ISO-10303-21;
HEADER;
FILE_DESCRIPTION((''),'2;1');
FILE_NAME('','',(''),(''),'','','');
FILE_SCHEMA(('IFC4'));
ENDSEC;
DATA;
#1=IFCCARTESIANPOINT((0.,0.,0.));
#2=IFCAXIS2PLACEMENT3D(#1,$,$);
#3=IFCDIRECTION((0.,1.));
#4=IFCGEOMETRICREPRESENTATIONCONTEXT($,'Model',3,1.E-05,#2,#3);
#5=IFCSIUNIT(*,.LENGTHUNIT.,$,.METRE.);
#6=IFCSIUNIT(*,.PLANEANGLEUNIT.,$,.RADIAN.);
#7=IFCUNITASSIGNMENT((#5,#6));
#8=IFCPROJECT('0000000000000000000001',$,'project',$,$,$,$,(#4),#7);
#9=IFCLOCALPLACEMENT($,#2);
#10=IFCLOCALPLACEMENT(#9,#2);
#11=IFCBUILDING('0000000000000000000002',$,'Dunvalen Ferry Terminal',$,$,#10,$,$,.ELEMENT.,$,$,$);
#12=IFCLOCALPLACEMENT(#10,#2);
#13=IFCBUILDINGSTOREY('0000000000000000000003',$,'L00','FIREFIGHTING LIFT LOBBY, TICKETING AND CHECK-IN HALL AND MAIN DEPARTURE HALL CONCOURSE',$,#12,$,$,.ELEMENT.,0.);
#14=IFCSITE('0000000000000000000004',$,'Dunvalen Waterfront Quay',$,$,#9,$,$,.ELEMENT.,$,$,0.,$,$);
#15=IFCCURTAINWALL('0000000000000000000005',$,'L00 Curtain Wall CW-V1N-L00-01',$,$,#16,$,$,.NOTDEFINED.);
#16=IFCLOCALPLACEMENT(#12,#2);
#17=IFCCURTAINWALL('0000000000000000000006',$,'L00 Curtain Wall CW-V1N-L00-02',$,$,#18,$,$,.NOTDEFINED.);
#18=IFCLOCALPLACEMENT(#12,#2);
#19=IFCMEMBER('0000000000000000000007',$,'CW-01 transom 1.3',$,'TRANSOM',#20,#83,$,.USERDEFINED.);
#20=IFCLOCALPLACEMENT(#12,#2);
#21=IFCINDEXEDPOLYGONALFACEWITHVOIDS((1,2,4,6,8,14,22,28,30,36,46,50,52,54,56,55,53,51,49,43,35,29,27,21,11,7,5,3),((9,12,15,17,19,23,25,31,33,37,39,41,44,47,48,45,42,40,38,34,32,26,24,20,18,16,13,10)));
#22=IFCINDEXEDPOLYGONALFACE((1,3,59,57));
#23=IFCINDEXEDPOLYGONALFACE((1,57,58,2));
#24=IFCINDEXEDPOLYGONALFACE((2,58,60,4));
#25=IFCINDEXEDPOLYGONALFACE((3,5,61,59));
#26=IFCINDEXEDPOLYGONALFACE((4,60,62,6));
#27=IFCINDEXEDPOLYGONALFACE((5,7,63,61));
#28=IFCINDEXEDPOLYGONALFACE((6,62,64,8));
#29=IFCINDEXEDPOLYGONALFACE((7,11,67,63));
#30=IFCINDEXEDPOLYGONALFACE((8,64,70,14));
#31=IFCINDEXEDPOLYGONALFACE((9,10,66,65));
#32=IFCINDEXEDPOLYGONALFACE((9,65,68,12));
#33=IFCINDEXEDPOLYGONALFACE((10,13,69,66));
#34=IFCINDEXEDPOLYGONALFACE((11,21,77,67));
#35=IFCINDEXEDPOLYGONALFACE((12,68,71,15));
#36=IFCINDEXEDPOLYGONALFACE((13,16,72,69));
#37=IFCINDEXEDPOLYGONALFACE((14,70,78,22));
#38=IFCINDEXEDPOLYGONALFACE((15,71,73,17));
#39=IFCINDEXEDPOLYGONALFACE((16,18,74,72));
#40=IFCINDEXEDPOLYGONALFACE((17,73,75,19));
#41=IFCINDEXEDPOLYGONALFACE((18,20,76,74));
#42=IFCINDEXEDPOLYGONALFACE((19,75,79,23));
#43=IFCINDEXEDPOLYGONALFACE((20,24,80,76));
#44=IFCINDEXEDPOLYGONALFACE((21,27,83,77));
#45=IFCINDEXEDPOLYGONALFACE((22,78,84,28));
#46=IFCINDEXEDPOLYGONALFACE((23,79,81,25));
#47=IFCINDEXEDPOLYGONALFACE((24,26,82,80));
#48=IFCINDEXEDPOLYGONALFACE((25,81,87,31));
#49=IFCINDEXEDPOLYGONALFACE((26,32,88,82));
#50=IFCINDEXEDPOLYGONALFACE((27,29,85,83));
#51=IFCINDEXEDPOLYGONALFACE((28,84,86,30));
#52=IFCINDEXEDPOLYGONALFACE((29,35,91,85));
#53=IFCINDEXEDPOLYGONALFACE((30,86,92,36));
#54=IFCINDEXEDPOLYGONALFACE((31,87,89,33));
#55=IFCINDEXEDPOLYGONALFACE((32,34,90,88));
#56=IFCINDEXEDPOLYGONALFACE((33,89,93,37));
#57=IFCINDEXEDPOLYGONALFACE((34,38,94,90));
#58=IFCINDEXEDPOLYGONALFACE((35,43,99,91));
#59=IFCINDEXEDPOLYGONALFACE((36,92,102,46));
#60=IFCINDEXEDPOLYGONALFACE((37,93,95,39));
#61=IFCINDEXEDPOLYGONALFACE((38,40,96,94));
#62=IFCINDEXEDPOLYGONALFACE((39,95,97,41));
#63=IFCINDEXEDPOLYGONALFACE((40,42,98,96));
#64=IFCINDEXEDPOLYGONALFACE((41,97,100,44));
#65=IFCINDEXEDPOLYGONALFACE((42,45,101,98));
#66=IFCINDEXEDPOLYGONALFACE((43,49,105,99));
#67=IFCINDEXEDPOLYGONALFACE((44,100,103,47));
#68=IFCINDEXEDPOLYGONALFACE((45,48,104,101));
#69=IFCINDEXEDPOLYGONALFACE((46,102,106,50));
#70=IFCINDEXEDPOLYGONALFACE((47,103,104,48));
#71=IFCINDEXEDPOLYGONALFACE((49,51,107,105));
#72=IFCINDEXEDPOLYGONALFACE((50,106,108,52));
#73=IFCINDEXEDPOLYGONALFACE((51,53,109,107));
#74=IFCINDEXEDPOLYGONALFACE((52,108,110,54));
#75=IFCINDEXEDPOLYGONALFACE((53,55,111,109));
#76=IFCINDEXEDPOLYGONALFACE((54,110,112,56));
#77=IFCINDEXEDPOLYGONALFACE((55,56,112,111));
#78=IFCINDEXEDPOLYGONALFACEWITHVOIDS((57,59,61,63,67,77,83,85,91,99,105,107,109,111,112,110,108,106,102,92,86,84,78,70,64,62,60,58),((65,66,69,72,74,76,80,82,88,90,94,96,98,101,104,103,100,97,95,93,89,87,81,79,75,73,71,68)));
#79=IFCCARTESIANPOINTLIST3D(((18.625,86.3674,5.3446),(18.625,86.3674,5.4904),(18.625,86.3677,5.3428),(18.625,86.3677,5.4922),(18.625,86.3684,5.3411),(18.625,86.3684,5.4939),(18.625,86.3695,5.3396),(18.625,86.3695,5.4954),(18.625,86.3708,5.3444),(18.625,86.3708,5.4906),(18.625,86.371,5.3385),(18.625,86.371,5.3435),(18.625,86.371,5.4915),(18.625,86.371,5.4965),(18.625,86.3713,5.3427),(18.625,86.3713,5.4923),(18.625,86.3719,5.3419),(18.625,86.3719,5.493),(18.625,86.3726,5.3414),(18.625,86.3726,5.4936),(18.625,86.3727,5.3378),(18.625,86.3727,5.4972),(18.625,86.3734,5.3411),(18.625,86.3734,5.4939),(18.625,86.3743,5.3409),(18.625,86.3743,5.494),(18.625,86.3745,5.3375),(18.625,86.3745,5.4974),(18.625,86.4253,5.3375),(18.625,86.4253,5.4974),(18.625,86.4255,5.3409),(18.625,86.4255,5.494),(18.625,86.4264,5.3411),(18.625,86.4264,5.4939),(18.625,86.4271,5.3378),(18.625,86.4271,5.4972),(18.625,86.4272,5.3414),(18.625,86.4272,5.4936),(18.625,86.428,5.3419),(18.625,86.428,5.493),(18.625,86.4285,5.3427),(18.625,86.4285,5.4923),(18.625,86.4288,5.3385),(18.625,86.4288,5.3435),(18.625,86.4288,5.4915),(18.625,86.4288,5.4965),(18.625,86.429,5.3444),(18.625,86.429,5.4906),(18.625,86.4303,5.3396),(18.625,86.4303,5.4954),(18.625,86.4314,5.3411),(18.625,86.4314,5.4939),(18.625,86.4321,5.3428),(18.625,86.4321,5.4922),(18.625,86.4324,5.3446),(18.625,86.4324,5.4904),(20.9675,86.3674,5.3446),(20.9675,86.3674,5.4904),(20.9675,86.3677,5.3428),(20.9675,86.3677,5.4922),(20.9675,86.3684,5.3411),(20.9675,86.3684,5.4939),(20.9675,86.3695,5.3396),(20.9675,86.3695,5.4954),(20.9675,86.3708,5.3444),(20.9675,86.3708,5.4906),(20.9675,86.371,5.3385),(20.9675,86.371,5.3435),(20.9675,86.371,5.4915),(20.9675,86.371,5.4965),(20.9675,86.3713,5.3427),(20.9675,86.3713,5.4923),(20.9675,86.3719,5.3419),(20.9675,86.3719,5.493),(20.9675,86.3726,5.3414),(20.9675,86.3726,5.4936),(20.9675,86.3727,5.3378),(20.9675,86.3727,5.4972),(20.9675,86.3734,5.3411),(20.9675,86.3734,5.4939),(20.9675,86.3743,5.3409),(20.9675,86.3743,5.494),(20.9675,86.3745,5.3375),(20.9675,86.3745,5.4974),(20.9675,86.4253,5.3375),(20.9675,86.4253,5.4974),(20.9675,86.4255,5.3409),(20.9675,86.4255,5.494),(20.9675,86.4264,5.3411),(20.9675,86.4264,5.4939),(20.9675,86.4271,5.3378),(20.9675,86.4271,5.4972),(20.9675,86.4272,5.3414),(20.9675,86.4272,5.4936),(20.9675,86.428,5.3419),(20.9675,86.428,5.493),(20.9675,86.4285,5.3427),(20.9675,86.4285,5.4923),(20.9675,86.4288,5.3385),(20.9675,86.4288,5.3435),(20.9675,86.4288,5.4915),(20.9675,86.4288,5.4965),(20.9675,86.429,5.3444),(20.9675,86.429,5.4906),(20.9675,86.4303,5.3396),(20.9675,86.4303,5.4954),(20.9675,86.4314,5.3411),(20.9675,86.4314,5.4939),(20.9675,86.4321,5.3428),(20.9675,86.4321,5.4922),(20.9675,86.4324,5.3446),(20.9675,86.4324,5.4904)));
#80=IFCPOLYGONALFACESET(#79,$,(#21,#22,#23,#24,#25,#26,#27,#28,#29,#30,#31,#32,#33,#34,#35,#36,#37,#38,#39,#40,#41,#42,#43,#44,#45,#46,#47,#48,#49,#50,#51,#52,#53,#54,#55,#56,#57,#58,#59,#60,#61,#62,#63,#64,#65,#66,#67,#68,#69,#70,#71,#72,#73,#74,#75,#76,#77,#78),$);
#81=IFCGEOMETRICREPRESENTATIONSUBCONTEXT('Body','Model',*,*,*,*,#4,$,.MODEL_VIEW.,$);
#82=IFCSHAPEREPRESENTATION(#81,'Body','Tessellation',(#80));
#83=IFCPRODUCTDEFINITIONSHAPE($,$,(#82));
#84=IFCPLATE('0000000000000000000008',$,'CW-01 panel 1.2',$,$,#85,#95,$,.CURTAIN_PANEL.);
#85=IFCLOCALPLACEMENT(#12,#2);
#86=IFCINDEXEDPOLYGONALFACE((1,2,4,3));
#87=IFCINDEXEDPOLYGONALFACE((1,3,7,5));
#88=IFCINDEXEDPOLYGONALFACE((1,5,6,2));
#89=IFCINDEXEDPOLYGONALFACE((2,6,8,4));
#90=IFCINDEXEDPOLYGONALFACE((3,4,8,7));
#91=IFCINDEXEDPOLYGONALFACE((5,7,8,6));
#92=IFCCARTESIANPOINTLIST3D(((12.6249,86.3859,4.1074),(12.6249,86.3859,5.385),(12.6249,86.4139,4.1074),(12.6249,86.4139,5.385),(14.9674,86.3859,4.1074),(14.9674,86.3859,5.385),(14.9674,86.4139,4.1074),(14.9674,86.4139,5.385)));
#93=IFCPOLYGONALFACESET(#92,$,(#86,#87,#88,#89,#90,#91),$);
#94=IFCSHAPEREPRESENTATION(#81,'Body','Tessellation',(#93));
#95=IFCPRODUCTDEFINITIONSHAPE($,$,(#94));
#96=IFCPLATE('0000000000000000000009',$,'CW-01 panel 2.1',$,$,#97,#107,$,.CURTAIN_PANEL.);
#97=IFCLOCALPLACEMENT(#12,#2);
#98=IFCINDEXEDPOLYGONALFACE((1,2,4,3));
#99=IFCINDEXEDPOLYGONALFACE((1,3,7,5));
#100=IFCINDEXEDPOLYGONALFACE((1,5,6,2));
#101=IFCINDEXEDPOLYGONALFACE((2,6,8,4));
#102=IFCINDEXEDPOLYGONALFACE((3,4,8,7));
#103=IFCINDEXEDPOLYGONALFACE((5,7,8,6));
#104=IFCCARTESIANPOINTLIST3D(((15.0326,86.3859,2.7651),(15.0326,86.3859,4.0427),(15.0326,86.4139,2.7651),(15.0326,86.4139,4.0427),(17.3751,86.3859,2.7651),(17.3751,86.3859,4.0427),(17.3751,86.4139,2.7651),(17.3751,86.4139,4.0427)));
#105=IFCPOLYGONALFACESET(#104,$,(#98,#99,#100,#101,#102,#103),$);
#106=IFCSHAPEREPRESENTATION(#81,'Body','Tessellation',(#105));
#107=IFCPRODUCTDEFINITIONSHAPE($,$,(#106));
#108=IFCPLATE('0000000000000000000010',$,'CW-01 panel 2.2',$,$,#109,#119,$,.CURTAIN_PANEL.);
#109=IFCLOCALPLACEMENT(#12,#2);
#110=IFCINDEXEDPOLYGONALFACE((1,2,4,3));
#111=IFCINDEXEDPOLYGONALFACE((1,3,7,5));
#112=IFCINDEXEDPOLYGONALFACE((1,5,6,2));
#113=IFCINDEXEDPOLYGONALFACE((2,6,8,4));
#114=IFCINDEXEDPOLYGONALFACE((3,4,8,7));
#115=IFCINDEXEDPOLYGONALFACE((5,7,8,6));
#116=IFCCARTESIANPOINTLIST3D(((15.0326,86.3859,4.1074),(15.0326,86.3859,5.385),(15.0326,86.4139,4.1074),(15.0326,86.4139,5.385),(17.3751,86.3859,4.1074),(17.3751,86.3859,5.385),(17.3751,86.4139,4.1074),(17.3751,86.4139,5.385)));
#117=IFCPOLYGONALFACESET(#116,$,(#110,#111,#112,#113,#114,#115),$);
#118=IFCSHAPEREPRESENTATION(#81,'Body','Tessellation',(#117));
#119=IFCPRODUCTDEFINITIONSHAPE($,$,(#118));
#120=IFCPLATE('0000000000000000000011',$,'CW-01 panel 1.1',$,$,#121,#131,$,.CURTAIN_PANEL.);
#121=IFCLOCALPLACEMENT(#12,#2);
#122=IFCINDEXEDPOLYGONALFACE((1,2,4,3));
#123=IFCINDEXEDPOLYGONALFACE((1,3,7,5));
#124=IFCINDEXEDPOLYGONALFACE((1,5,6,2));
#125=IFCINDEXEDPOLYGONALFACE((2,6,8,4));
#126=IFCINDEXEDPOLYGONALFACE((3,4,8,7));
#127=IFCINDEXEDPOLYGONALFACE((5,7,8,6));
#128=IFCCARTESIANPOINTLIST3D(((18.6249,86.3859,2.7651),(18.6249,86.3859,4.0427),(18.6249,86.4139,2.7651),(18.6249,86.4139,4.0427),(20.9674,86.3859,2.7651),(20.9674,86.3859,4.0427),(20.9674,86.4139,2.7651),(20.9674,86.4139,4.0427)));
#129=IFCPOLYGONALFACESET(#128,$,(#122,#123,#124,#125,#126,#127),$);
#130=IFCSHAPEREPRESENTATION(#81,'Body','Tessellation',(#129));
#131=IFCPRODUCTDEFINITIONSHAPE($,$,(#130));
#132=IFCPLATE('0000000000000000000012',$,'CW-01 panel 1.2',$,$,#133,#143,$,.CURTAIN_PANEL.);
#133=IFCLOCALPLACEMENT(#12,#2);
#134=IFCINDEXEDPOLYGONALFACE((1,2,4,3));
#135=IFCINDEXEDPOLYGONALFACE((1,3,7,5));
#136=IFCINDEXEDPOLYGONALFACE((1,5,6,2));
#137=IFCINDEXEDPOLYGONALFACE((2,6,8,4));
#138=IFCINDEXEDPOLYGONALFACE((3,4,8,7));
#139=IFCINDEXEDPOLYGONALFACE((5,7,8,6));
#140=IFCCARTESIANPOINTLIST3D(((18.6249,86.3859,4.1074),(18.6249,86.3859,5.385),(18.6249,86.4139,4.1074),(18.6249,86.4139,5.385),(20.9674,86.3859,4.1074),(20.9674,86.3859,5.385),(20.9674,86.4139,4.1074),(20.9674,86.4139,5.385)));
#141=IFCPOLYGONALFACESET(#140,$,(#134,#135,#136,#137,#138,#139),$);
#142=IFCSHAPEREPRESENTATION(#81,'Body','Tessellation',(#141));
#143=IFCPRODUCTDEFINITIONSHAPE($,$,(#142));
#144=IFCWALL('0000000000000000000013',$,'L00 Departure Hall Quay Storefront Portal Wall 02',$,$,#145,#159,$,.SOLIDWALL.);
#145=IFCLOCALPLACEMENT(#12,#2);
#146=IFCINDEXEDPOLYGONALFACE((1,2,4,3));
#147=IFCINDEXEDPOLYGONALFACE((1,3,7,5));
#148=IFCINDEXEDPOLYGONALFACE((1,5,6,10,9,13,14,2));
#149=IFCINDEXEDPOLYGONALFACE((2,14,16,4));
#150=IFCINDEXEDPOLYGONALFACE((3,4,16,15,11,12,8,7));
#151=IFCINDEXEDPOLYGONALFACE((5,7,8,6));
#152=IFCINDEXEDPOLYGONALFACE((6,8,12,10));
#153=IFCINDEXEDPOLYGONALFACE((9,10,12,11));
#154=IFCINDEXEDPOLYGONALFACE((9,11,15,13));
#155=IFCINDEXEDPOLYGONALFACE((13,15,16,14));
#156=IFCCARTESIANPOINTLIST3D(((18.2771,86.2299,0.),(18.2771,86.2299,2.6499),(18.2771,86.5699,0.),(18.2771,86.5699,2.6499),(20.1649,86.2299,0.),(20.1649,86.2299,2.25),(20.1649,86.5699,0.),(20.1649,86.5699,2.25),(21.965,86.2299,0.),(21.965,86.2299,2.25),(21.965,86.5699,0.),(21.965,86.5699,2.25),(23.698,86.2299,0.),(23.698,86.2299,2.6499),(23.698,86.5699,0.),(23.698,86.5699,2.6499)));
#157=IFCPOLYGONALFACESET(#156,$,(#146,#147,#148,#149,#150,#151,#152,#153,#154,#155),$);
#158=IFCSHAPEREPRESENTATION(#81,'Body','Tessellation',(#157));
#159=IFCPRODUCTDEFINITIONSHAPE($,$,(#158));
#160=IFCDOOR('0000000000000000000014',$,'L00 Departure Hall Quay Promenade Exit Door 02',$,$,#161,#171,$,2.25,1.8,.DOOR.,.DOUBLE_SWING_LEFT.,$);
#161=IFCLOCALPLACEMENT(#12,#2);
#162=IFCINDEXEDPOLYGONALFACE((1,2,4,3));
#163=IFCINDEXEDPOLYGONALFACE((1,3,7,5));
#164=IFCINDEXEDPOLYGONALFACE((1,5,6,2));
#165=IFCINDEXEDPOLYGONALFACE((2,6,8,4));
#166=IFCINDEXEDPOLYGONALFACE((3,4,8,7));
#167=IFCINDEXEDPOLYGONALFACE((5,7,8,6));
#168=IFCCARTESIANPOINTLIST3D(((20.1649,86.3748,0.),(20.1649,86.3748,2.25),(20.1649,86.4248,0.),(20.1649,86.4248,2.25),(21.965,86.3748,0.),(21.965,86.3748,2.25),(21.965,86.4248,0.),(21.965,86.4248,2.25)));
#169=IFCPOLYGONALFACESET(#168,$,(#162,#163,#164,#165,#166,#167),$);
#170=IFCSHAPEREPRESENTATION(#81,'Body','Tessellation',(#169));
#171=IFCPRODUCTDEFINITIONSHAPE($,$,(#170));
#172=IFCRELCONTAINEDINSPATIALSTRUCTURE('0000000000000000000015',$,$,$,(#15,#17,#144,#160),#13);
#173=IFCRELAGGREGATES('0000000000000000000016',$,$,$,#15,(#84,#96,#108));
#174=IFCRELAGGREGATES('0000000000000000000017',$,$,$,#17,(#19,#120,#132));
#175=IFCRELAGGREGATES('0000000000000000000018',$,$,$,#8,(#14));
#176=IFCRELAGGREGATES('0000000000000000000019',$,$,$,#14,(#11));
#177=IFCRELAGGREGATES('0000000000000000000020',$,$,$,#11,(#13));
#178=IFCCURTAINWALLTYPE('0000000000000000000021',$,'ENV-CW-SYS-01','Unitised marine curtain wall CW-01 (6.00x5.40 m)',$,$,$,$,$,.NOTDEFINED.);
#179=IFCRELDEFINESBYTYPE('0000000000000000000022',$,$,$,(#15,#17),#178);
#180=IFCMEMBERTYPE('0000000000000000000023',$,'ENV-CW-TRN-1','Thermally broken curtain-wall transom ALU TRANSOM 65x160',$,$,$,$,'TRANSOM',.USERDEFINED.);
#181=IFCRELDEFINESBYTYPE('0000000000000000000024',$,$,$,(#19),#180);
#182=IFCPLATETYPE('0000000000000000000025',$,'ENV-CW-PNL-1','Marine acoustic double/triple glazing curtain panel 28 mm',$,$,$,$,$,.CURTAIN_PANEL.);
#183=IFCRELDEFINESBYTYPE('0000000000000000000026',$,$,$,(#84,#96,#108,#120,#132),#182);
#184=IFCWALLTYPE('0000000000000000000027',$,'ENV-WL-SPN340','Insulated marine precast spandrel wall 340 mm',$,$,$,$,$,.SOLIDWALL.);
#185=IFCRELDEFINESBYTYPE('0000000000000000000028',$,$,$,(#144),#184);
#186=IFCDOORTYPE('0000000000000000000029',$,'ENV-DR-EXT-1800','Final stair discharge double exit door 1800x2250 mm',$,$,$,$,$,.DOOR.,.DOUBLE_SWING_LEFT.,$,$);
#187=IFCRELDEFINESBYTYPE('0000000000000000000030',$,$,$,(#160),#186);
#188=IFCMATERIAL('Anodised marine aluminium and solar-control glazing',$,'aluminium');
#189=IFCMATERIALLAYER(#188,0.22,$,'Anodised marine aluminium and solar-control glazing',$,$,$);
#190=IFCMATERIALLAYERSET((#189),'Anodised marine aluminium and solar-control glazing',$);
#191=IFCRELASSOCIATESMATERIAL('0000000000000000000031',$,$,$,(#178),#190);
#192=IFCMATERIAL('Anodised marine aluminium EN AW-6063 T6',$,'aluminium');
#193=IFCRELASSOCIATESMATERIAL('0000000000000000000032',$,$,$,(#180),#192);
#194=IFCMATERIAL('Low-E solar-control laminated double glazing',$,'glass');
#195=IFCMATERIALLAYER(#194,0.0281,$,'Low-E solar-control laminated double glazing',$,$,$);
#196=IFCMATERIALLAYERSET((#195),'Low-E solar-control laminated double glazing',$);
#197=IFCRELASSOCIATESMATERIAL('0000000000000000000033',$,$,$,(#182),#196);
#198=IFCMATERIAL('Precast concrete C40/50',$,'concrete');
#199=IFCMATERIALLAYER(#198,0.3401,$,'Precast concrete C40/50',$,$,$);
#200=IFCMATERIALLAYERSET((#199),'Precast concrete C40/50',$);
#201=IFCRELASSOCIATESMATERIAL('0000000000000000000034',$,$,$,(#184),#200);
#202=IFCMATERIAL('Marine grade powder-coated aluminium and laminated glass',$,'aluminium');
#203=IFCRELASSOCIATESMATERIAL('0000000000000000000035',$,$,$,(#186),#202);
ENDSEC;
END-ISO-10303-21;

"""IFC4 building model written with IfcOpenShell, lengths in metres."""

from ifc_helpers import new_model, si_unit, direction, frame, frame_2d, origin, origin_2d, place, context, subcontext, project, spatial, rectangle, hollow_rectangle, extrude, material, layer, layer_set, material_profile, profile_set, type_object, element, fill, aggregate, save


model = new_model("IFC4")

# Units and contexts
model_context = context("Model", 3, precision=1e-05, world=origin(), true_north=direction((0.0, 1.0)))
body_context = subcontext(model_context, "Body", "Model", "MODEL_VIEW")
ifc_project = project(units=[si_unit("LENGTHUNIT", "METRE"), si_unit("PLANEANGLEUNIT", "RADIAN")], contexts=[model_context])

# Site, building, storey
site_placement = place(None, origin())
site = spatial("IfcSite", under=ifc_project, at=site_placement, Name="Dunvalen Waterfront Quay", CompositionType="ELEMENT", RefElevation=0.0)
building_placement = place(site_placement, origin())
building = spatial("IfcBuilding", under=site, at=building_placement, Name="Dunvalen Ferry Terminal", CompositionType="ELEMENT")
storey_placement = place(building_placement, origin())
storey = spatial("IfcBuildingStorey", under=building, at=storey_placement, Name="L00", Description="FIREFIGHTING LIFT LOBBY, TICKETING AND CHECK-IN HALL AND MAIN DEPARTURE HALL CONCOURSE", CompositionType="ELEMENT", Elevation=0.0)

# Curtain walls
ifc_material_1 = material(Name="Anodised marine aluminium and solar-control glazing", Category="aluminium")
ifc_layer_1 = layer(ifc_material_1, 0.22, Name="Anodised marine aluminium and solar-control glazing")
ifc_layer_set_1 = layer_set([ifc_layer_1], Name="Anodised marine aluminium and solar-control glazing")
curtain_wall_type = type_object("IfcCurtainWallType", Name="ENV-CW-SYS-01", Description="Unitised marine curtain wall CW-01 (6.00x5.40 m)", PredefinedType="NOTDEFINED", material=ifc_layer_set_1)
curtain_wall_1_placement = place(storey_placement, origin())
curtain_wall_1 = element("IfcCurtainWall", 1, at=curtain_wall_1_placement, inside=storey, type_object=curtain_wall_type, Name="L00 Curtain Wall CW-V1N-L00-01", PredefinedType="NOTDEFINED")
ifc_material_2 = material(Name="Anodised marine aluminium EN AW-6063 T6", Category="aluminium")
curtain_wall_2_placement = place(storey_placement, origin())
curtain_wall_2 = element("IfcCurtainWall", 2, at=curtain_wall_2_placement, inside=storey, type_object=curtain_wall_type, Name="L00 Curtain Wall CW-V1N-L00-02", PredefinedType="NOTDEFINED")

# Member
ifc_material_profile_1 = material_profile(ifc_material_2, hollow_rectangle(XDim=0.0649, YDim=0.1599, WallThickness=0.0034, InnerFilletRadius=0.0034, OuterFilletRadius=0.0071, at=origin_2d()), Name="Anodised marine aluminium EN AW-6063 T6")
ifc_profile_set_1 = profile_set([ifc_material_profile_1], Name="Anodised marine aluminium EN AW-6063 T6")
member_type_1 = type_object("IfcMemberType", Name="ENV-CW-TRN-1", Description="Thermally broken curtain-wall transom ALU TRANSOM 65x160", ElementType="TRANSOM", PredefinedType="USERDEFINED", material=ifc_profile_set_1)
member_1_placement = place(storey_placement, frame((18.625, 86.3999, 5.4175), z_axis=(1.0, 0.0, 0.0), x_axis=(0.0, 1.0, 0.0)))
member_1 = element("IfcMember", 3, at=member_1_placement, type_object=member_type_1, Name="CW-01 transom 1.3", ObjectType="TRANSOM", PredefinedType="USERDEFINED", context=body_context, shape_type="SweptSolid", body=[
    extrude(hollow_rectangle(XDim=0.0649, YDim=0.1599, WallThickness=0.0034, InnerFilletRadius=0.0034, OuterFilletRadius=0.0071, at=origin_2d()), origin(), (0.0, 0.0, 1.0), 2.3425),
])

# Plates
ifc_material_3 = material(Name="Low-E solar-control laminated double glazing", Category="glass")
ifc_layer_2 = layer(ifc_material_3, 0.0281, Name="Low-E solar-control laminated double glazing")
ifc_layer_set_2 = layer_set([ifc_layer_2], Name="Low-E solar-control laminated double glazing")
plate_type = type_object("IfcPlateType", Name="ENV-CW-PNL-1", Description="Marine acoustic double/triple glazing curtain panel 28 mm", PredefinedType="CURTAIN_PANEL", material=ifc_layer_set_2)
plate_1_placement = place(storey_placement, frame((13.7961, 86.3999, 4.1074), z_axis=(0.0, 0.0, 1.0), x_axis=(1.0, 0.0, 0.0)))
plate_1 = element("IfcPlate", 4, at=plate_1_placement, type_object=plate_type, Name="CW-01 panel 1.2", PredefinedType="CURTAIN_PANEL", context=body_context, shape_type="SweptSolid", body=[
    extrude(rectangle(XDim=2.3425, YDim=0.0281, at=origin_2d()), origin(), (0.0, 0.0, 1.0), 1.2776),
])
plate_2_placement = place(storey_placement, frame((16.2039, 86.3999, 2.7651), z_axis=(0.0, 0.0, 1.0), x_axis=(1.0, 0.0, 0.0)))
plate_2 = element("IfcPlate", 5, at=plate_2_placement, type_object=plate_type, Name="CW-01 panel 2.1", PredefinedType="CURTAIN_PANEL", context=body_context, shape_type="SweptSolid", body=[
    extrude(rectangle(XDim=2.3425, YDim=0.0281, at=origin_2d()), origin(), (0.0, 0.0, 1.0), 1.2776),
])
plate_3_placement = place(storey_placement, frame((16.2039, 86.3999, 4.1074), z_axis=(0.0, 0.0, 1.0), x_axis=(1.0, 0.0, 0.0)))
plate_3 = element("IfcPlate", 6, at=plate_3_placement, type_object=plate_type, Name="CW-01 panel 2.2", PredefinedType="CURTAIN_PANEL", context=body_context, shape_type="SweptSolid", body=[
    extrude(rectangle(XDim=2.3425, YDim=0.0281, at=origin_2d()), origin(), (0.0, 0.0, 1.0), 1.2776),
])
aggregate(curtain_wall_1, [plate_1, plate_2, plate_3])
plate_4_placement = place(storey_placement, frame((19.7961, 86.3999, 2.7651), z_axis=(0.0, 0.0, 1.0), x_axis=(1.0, 0.0, 0.0)))
plate_4 = element("IfcPlate", 7, at=plate_4_placement, type_object=plate_type, Name="CW-01 panel 1.1", PredefinedType="CURTAIN_PANEL", context=body_context, shape_type="SweptSolid", body=[
    extrude(rectangle(XDim=2.3425, YDim=0.0281, at=origin_2d()), origin(), (0.0, 0.0, 1.0), 1.2776),
])
plate_5_placement = place(storey_placement, frame((19.7961, 86.3999, 4.1074), z_axis=(0.0, 0.0, 1.0), x_axis=(1.0, 0.0, 0.0)))
plate_5 = element("IfcPlate", 8, at=plate_5_placement, type_object=plate_type, Name="CW-01 panel 1.2", PredefinedType="CURTAIN_PANEL", context=body_context, shape_type="SweptSolid", body=[
    extrude(rectangle(XDim=2.3425, YDim=0.0281, at=origin_2d()), origin(), (0.0, 0.0, 1.0), 1.2776),
])
aggregate(curtain_wall_2, [member_1, plate_4, plate_5])

# Wall, opening, door
ifc_material_4 = material(Name="Precast concrete C40/50", Category="concrete")
ifc_layer_3 = layer(ifc_material_4, 0.3401, Name="Precast concrete C40/50")
ifc_layer_set_3 = layer_set([ifc_layer_3], Name="Precast concrete C40/50")
wall_type = type_object("IfcWallType", Name="ENV-WL-SPN340", Description="Insulated marine precast spandrel wall 340 mm", PredefinedType="SOLIDWALL", material=ifc_layer_set_3)
wall_placement = place(storey_placement, frame((18.2771, 86.3999, 0.0), z_axis=(0.0, 0.0, 1.0), x_axis=(1.0, 0.0, 0.0)))
wall = element("IfcWall", 9, at=wall_placement, inside=storey, type_object=wall_type, Name="L00 Departure Hall Quay Storefront Portal Wall 02", PredefinedType="SOLIDWALL", context=body_context, shape_type="SweptSolid", body=[
    extrude(rectangle(XDim=5.4209, YDim=0.3401, at=frame_2d((2.7104, 0.0))), origin(), (0.0, 0.0, 1.0), 2.6499),
])
opening_placement = place(wall_placement, frame((1.8879, 0.0, 0.0)))
opening = element("IfcOpeningElement", 10, at=opening_placement, cuts=wall, PredefinedType="OPENING", context=body_context, shape_type="SweptSolid", body=[
    extrude(rectangle(XDim=1.8, YDim=2.25, at=frame_2d((0.8999, 1.125))), frame((0.0, 0.1802, 0.0), z_axis=(0.0, -1.0, 0.0), x_axis=(1.0, 0.0, 0.0)), (0.0, 0.0, 1.0), 0.3601),
])
ifc_material_5 = material(Name="Marine grade powder-coated aluminium and laminated glass", Category="aluminium")
door_type = type_object("IfcDoorType", Name="ENV-DR-EXT-1800", Description="Final stair discharge double exit door 1800x2250 mm", OperationType="DOUBLE_SWING_LEFT", PredefinedType="DOOR", material=ifc_material_5)
door_placement = place(opening_placement, origin())
door = element("IfcDoor", 11, at=door_placement, inside=storey, type_object=door_type, Name="L00 Departure Hall Quay Promenade Exit Door 02", OperationType="DOUBLE_SWING_LEFT", OverallHeight=2.25, OverallWidth=1.8, PredefinedType="DOOR", context=body_context, shape_type="SweptSolid", body=[
    extrude(rectangle(XDim=1.8, YDim=2.25, at=frame_2d((0.8999, 1.125))), frame((0.0, 0.0249, 0.0), z_axis=(0.0, -1.0, 0.0), x_axis=(1.0, 0.0, 0.0)), (0.0, 0.0, 1.0), 0.05),
])
fill(opening, door)

save(model, "model.ifc")
